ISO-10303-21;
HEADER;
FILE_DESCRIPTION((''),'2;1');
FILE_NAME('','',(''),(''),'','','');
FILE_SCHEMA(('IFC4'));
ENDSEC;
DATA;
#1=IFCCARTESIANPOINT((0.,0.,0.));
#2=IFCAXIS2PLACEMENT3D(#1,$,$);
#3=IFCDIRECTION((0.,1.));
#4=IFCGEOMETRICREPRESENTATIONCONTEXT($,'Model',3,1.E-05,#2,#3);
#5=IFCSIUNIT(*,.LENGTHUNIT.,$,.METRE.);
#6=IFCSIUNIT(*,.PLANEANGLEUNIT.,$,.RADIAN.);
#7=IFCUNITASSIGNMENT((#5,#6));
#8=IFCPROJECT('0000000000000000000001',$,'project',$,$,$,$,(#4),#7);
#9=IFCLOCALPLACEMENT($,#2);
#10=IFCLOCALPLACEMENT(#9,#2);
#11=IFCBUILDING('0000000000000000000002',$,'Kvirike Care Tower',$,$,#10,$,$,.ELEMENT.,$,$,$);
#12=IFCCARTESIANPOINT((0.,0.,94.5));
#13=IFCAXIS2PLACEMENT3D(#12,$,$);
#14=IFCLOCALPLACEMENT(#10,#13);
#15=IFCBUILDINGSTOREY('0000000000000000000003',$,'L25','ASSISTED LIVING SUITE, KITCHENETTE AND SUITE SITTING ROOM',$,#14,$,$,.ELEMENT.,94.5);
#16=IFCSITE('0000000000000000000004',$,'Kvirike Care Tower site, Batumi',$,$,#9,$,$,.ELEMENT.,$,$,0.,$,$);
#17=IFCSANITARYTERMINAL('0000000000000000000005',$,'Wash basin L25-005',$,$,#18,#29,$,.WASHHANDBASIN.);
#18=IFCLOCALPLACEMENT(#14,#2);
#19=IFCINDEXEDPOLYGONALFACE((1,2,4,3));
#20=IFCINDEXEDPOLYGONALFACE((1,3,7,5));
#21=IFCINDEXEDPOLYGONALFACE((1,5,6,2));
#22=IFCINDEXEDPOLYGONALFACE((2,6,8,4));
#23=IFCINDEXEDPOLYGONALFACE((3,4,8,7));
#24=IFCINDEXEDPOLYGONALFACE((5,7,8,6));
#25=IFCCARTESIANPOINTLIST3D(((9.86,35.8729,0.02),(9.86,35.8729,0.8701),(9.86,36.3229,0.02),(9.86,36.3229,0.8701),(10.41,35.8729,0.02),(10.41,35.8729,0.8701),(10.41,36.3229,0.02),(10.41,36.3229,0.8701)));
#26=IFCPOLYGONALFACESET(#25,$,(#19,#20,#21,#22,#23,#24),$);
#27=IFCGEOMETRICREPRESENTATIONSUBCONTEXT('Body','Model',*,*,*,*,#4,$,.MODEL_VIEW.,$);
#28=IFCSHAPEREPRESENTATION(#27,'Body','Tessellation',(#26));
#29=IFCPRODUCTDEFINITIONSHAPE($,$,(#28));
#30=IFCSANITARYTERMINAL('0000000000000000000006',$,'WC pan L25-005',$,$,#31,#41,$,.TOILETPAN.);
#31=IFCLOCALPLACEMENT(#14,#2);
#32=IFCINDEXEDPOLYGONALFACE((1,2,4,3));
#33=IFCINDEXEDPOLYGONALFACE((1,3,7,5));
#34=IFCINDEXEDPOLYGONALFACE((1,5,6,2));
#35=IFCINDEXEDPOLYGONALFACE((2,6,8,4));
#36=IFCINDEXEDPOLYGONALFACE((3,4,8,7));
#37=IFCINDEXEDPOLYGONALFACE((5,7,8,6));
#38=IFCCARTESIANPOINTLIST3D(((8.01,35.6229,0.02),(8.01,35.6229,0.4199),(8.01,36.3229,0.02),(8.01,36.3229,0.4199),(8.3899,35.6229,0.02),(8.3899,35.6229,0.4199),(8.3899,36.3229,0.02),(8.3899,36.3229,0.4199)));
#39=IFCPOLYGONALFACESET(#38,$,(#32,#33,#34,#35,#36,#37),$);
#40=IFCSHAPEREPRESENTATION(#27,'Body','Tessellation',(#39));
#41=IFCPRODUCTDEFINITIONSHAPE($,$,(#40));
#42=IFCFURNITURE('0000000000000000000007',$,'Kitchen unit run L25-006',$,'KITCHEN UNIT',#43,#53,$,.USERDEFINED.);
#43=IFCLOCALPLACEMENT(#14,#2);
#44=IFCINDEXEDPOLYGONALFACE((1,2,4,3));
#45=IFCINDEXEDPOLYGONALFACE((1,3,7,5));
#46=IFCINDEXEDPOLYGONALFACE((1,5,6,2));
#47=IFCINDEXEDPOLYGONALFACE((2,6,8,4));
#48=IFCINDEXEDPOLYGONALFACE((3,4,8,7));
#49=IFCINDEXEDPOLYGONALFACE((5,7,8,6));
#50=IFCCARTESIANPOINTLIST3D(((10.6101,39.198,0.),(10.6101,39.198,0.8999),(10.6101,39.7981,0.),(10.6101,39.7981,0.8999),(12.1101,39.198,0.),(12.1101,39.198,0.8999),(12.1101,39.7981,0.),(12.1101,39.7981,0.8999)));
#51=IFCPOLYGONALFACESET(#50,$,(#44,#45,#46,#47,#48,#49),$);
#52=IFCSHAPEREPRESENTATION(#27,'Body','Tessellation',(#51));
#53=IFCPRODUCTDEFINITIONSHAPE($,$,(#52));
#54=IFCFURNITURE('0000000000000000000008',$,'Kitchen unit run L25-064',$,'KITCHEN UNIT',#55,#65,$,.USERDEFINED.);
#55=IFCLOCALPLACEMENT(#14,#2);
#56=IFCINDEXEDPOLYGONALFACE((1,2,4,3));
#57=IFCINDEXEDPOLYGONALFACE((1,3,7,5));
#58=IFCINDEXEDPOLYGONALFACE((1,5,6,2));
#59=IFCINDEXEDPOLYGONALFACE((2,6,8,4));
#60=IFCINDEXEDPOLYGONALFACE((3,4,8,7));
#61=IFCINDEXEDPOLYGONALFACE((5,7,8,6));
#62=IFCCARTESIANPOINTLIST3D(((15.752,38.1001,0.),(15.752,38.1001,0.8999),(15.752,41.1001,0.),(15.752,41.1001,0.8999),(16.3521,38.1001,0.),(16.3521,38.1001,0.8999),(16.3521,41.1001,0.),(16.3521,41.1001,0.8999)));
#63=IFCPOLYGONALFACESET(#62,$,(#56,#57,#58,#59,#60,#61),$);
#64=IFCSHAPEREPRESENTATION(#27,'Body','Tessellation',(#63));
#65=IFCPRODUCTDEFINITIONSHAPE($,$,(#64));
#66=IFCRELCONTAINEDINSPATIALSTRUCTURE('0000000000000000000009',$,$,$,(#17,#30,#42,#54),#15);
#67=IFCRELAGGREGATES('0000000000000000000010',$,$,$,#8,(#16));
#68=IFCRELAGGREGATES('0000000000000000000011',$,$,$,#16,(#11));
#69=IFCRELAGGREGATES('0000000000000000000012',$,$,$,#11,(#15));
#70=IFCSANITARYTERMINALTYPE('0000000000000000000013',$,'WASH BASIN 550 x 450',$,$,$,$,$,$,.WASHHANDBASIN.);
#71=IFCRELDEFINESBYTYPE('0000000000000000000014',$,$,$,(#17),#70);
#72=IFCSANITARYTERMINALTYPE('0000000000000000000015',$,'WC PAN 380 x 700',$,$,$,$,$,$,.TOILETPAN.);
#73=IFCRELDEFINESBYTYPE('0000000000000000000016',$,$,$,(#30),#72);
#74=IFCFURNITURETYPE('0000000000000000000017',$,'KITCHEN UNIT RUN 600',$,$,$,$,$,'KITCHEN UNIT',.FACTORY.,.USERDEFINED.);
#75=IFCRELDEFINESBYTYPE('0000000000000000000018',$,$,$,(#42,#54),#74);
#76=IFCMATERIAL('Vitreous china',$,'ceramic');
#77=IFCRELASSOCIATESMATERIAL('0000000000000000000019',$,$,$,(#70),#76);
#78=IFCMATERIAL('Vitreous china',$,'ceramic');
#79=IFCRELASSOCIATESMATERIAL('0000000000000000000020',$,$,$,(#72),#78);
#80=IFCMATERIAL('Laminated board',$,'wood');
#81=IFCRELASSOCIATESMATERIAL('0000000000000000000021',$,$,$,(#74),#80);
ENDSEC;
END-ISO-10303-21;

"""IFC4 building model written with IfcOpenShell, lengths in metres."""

from ifc_helpers import new_model, si_unit, direction, frame, origin, origin_2d, place, context, subcontext, project, spatial, rectangle, extrude, material, type_object, element, save


model = new_model("IFC4")

# Units and contexts
model_context = context("Model", 3, precision=1e-05, world=origin(), true_north=direction((0.0, 1.0)))
body_context = subcontext(model_context, "Body", "Model", "MODEL_VIEW")
ifc_project = project(units=[si_unit("LENGTHUNIT", "METRE"), si_unit("PLANEANGLEUNIT", "RADIAN")], contexts=[model_context])

# Site, building, storey
site_placement = place(None, origin())
site = spatial("IfcSite", under=ifc_project, at=site_placement, Name="Kvirike Care Tower site, Batumi", CompositionType="ELEMENT", RefElevation=0.0)
building_placement = place(site_placement, origin())
building = spatial("IfcBuilding", under=site, at=building_placement, Name="Kvirike Care Tower", CompositionType="ELEMENT")
storey_placement = place(building_placement, frame((0.0, 0.0, 94.5)))
storey = spatial("IfcBuildingStorey", under=building, at=storey_placement, Name="L25", Description="ASSISTED LIVING SUITE, KITCHENETTE AND SUITE SITTING ROOM", CompositionType="ELEMENT", Elevation=94.5)

# Sanitary terminals
ifc_material_1 = material(Name="Vitreous china", Category="ceramic")
sanitary_terminal_type_1 = type_object("IfcSanitaryTerminalType", Name="WASH BASIN 550 x 450", PredefinedType="WASHHANDBASIN", material=ifc_material_1)
sanitary_terminal_1_placement = place(storey_placement, frame((10.135, 36.0979, 0.02), z_axis=(0.0, 0.0, 1.0), x_axis=(1.0, 0.0, 0.0)))
element("IfcSanitaryTerminal", 1, at=sanitary_terminal_1_placement, inside=storey, type_object=sanitary_terminal_type_1, Name="Wash basin L25-005", PredefinedType="WASHHANDBASIN", context=body_context, shape_type="SweptSolid", body=[
    extrude(rectangle(XDim=0.55, YDim=0.45, at=origin_2d()), origin(), (0.0, 0.0, 1.0), 0.8501),
])
ifc_material_2 = material(Name="Vitreous china", Category="ceramic")
sanitary_terminal_type_2 = type_object("IfcSanitaryTerminalType", Name="WC PAN 380 x 700", PredefinedType="TOILETPAN", material=ifc_material_2)
sanitary_terminal_2_placement = place(storey_placement, frame((8.2, 35.9729, 0.02), z_axis=(0.0, 0.0, 1.0), x_axis=(1.0, 0.0, 0.0)))
element("IfcSanitaryTerminal", 2, at=sanitary_terminal_2_placement, inside=storey, type_object=sanitary_terminal_type_2, Name="WC pan L25-005", PredefinedType="TOILETPAN", context=body_context, shape_type="SweptSolid", body=[
    extrude(rectangle(XDim=0.3799, YDim=0.7, at=origin_2d()), origin(), (0.0, 0.0, 1.0), 0.3999),
])

# Furniture
ifc_material_3 = material(Name="Laminated board", Category="wood")
furniture_type = type_object("IfcFurnitureType", Name="KITCHEN UNIT RUN 600", ElementType="KITCHEN UNIT", AssemblyPlace="FACTORY", PredefinedType="USERDEFINED", material=ifc_material_3)
furniture_1_placement = place(storey_placement, frame((11.3601, 39.498, 0.0), z_axis=(0.0, 0.0, 1.0), x_axis=(1.0, 0.0, 0.0)))
element("IfcFurniture", 3, at=furniture_1_placement, inside=storey, type_object=furniture_type, Name="Kitchen unit run L25-006", ObjectType="KITCHEN UNIT", PredefinedType="USERDEFINED", context=body_context, shape_type="SweptSolid", body=[
    extrude(rectangle(XDim=1.5, YDim=0.6001, at=origin_2d()), origin(), (0.0, 0.0, 1.0), 0.8999),
])
furniture_2_placement = place(storey_placement, frame((16.052, 39.6001, 0.0), z_axis=(0.0, 0.0, 1.0), x_axis=(0.0, 1.0, 0.0)))
element("IfcFurniture", 4, at=furniture_2_placement, inside=storey, type_object=furniture_type, Name="Kitchen unit run L25-064", ObjectType="KITCHEN UNIT", PredefinedType="USERDEFINED", context=body_context, shape_type="SweptSolid", body=[
    extrude(rectangle(XDim=3.0, YDim=0.6001, at=origin_2d()), origin(), (0.0, 0.0, 1.0), 0.8999),
])

save(model, "model.ifc")
